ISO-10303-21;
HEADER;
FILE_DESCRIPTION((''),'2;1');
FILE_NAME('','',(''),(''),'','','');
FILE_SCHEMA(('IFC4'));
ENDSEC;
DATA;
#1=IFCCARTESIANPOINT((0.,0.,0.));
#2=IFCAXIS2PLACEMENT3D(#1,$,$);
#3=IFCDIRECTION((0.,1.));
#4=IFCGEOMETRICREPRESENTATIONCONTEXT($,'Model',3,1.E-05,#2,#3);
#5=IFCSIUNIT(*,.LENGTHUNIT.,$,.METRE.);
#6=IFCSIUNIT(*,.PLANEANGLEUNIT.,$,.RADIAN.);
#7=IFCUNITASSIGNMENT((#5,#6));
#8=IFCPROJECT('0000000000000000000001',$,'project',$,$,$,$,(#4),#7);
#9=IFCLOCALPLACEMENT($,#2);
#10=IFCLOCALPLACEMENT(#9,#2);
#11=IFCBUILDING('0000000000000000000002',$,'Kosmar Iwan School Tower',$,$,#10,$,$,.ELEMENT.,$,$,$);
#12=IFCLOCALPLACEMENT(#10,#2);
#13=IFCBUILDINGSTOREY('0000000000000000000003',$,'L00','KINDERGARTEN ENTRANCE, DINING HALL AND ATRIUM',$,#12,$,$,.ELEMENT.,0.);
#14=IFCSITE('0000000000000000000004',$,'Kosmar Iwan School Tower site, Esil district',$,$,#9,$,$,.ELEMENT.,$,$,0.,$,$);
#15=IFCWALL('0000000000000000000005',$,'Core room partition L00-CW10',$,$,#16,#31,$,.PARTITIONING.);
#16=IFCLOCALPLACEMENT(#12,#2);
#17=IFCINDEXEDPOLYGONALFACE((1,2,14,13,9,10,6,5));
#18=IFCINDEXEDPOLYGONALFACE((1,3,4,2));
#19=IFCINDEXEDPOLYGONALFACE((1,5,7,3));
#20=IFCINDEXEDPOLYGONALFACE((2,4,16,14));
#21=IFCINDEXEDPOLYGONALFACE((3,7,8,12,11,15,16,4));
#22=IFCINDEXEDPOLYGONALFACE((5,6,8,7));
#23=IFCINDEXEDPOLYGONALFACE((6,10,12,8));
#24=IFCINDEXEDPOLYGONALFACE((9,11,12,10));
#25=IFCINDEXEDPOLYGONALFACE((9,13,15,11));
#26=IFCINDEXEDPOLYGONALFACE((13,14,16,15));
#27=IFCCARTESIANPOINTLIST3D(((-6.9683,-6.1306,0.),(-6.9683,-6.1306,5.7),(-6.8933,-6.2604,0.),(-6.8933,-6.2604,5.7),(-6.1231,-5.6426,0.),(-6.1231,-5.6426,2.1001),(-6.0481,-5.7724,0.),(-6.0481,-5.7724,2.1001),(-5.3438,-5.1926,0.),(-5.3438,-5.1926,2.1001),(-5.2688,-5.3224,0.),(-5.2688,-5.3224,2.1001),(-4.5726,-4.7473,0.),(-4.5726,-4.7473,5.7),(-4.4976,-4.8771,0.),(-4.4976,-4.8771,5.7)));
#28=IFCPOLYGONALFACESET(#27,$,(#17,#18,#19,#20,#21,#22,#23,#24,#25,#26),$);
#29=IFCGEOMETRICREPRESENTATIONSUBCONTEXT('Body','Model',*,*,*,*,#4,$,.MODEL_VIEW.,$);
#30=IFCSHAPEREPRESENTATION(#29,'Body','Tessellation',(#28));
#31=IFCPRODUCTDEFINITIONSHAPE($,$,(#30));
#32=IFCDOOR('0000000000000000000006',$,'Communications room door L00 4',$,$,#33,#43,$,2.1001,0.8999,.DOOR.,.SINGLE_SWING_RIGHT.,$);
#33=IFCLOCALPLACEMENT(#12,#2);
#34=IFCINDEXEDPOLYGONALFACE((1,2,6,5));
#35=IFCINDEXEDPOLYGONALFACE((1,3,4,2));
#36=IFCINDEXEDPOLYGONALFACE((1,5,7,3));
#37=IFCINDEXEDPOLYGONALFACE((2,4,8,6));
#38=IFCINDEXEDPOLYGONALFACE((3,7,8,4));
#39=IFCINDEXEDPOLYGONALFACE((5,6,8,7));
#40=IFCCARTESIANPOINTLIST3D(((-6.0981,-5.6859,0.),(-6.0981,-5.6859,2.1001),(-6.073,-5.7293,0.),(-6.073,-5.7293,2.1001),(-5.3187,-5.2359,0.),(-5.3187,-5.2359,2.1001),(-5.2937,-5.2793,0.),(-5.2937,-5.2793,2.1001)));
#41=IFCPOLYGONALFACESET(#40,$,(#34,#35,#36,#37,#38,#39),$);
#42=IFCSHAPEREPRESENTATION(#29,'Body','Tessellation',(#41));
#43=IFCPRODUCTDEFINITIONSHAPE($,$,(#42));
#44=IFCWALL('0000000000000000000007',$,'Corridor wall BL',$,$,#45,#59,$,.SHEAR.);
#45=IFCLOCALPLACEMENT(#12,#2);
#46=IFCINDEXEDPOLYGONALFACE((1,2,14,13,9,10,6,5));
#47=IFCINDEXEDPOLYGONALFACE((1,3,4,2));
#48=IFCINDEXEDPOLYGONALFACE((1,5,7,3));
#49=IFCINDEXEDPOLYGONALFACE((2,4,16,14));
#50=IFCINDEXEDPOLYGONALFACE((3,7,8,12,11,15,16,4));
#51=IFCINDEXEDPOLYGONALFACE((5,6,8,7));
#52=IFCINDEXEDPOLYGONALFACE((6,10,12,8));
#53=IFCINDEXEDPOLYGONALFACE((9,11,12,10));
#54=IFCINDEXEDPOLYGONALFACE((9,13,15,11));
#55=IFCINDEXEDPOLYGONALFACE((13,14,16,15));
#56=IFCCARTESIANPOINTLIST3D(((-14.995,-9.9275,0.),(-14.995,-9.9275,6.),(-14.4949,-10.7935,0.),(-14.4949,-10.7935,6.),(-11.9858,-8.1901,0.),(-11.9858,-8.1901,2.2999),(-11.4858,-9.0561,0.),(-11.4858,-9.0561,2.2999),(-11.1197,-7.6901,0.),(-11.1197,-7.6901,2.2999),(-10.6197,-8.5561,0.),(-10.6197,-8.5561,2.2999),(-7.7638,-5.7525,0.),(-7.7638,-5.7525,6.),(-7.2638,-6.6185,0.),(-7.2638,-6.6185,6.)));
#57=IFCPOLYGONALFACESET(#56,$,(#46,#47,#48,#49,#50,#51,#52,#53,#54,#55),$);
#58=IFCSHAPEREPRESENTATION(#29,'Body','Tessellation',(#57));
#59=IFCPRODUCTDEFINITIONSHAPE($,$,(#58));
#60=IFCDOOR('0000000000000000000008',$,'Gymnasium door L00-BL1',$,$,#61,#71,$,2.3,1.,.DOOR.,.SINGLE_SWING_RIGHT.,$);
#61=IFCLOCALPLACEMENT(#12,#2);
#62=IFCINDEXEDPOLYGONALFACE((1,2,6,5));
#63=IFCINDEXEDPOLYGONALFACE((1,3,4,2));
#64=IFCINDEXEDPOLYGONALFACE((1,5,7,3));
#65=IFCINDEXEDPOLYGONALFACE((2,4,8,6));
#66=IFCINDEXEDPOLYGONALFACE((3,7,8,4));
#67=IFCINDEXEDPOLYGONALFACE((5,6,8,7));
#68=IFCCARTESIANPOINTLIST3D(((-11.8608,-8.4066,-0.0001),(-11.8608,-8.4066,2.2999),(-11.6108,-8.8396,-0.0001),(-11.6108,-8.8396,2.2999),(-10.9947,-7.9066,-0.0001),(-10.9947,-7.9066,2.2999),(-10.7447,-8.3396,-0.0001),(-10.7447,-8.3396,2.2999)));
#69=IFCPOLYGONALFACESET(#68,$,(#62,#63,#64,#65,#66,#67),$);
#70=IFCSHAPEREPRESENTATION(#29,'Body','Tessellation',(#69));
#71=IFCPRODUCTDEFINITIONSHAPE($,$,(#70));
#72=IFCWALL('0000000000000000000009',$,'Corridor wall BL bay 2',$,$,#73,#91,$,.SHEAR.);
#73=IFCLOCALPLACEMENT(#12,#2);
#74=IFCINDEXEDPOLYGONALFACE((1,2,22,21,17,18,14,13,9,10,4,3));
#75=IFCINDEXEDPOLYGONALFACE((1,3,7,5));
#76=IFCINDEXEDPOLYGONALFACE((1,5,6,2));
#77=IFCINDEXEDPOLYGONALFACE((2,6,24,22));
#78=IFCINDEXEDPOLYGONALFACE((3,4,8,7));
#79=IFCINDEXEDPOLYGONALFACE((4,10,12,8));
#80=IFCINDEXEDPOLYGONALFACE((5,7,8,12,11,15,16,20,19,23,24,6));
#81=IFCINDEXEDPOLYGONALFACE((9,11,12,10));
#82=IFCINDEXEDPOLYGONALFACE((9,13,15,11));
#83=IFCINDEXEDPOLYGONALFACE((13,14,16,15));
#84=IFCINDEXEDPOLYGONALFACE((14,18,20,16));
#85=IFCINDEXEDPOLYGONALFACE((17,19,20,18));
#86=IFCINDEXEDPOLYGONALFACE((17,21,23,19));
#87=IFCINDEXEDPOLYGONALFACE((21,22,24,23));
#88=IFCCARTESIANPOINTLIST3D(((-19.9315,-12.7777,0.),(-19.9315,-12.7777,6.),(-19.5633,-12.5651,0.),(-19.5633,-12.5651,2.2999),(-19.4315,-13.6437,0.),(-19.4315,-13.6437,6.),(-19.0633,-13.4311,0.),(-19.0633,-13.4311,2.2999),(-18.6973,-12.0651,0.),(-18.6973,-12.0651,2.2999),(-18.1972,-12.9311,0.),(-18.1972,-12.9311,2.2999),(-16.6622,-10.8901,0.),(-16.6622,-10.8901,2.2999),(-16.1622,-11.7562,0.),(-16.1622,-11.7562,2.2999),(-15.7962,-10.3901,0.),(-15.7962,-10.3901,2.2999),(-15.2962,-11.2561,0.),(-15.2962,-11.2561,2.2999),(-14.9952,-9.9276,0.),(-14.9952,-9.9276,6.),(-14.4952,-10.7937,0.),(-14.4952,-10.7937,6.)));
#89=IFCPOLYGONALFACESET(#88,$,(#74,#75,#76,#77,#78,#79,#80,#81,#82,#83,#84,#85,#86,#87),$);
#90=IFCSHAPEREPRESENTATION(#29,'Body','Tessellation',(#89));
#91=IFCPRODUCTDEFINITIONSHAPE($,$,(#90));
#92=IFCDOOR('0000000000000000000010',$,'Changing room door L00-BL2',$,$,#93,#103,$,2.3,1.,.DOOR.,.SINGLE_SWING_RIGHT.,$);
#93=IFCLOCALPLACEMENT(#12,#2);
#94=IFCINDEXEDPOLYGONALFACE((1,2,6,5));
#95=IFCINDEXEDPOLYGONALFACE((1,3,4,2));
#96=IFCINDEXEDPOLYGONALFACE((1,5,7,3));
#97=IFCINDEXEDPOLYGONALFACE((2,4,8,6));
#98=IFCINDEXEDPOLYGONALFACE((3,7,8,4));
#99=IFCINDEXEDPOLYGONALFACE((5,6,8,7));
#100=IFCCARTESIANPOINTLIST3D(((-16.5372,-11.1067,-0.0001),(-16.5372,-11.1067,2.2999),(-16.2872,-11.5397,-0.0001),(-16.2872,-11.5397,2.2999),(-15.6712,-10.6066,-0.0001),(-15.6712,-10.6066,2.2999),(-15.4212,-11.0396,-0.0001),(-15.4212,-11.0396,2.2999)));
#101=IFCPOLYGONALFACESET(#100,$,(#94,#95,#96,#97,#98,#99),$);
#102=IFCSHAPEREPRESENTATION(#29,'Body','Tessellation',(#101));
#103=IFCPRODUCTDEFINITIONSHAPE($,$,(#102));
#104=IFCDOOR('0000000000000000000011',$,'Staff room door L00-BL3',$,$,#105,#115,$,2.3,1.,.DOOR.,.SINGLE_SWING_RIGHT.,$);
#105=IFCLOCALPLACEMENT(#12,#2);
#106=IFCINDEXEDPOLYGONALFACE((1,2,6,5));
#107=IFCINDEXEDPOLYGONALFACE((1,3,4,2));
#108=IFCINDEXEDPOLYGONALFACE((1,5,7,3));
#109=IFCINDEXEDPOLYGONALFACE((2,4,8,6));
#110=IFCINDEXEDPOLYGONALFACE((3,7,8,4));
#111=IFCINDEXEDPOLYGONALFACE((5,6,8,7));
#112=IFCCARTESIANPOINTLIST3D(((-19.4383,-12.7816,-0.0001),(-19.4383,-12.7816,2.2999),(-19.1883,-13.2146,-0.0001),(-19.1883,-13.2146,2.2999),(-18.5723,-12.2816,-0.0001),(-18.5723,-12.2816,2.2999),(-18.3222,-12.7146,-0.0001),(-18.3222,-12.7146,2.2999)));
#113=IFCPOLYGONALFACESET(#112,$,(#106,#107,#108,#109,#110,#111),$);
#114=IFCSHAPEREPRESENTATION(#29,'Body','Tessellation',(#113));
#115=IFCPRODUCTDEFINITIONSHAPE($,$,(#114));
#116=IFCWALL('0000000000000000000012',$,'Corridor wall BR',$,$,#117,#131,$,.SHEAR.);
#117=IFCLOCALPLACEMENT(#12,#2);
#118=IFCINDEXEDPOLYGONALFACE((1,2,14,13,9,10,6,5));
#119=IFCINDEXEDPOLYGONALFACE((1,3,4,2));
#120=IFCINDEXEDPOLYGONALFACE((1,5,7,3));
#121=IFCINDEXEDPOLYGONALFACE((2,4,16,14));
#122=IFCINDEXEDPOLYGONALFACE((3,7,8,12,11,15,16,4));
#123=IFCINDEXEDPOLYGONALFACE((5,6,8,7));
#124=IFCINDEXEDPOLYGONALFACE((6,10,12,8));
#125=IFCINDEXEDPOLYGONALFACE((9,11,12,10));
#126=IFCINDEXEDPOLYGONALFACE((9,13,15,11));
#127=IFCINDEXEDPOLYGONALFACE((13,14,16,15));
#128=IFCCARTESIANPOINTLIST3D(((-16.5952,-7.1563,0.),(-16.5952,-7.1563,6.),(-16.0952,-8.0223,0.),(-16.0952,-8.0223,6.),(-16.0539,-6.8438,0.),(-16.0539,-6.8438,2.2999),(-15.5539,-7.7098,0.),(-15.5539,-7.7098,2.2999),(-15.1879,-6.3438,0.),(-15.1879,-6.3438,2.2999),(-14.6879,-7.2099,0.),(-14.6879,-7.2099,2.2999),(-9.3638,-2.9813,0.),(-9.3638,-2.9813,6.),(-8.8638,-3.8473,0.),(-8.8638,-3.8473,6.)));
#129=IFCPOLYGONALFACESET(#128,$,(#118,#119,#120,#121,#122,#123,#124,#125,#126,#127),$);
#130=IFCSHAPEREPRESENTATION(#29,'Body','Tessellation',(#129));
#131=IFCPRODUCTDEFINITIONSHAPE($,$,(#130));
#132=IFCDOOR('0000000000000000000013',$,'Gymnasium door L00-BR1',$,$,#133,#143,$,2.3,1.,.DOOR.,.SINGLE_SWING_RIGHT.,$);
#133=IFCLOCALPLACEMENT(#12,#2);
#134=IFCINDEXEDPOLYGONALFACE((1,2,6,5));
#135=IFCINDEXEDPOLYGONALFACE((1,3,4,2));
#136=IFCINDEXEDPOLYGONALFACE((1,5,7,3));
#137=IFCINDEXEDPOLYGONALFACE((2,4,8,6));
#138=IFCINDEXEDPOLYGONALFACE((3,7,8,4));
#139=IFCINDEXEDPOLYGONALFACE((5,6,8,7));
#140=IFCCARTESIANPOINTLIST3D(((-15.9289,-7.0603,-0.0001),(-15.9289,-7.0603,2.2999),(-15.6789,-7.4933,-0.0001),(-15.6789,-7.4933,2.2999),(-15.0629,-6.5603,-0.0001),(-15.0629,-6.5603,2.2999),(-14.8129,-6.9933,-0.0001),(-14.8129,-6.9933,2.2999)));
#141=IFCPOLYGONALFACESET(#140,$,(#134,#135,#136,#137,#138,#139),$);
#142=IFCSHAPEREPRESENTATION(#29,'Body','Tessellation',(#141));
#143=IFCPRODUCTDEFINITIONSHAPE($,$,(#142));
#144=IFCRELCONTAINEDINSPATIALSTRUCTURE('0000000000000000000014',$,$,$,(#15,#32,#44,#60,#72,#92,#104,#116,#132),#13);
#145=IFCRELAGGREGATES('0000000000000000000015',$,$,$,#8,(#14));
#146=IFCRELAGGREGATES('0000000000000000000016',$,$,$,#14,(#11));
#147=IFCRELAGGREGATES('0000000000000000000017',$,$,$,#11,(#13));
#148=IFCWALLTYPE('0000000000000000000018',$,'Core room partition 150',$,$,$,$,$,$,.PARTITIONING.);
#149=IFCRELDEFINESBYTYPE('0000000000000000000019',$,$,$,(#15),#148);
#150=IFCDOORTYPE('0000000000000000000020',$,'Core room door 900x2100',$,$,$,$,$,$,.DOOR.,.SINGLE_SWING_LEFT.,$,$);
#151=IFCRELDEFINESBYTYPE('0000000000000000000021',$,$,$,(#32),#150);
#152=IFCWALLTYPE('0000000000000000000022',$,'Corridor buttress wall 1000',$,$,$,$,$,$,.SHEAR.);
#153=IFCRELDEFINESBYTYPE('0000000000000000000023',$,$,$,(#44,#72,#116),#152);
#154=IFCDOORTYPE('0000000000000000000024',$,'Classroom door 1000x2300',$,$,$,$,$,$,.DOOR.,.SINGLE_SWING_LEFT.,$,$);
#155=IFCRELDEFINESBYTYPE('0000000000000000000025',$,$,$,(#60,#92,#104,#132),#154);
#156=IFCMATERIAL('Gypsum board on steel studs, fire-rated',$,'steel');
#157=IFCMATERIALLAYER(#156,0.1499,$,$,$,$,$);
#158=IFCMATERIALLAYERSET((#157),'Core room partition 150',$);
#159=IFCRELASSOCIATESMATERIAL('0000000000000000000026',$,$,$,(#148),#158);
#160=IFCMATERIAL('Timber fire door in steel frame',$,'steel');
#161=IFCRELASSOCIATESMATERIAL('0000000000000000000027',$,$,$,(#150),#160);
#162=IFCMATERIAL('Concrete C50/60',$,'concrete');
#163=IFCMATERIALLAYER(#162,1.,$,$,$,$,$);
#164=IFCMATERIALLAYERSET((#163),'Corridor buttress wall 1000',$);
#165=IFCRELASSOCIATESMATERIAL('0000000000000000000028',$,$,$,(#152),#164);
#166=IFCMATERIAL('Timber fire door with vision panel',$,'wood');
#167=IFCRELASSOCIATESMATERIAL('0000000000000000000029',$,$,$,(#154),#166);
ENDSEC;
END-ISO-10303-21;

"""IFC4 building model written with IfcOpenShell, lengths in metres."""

from ifc_helpers import new_model, si_unit, direction, frame, frame_2d, origin, place, context, subcontext, project, spatial, rectangle, extrude, material, layer, layer_set, type_object, element, fill, save


model = new_model("IFC4")

# Units and contexts
model_context = context("Model", 3, precision=1e-05, world=origin(), true_north=direction((0.0, 1.0)))
body_context = subcontext(model_context, "Body", "Model", "MODEL_VIEW")
ifc_project = project(units=[si_unit("LENGTHUNIT", "METRE"), si_unit("PLANEANGLEUNIT", "RADIAN")], contexts=[model_context])

# Site, building, storey
site_placement = place(None, origin())
site = spatial("IfcSite", under=ifc_project, at=site_placement, Name="Kosmar Iwan School Tower site, Esil district", CompositionType="ELEMENT", RefElevation=0.0)
building_placement = place(site_placement, origin())
building = spatial("IfcBuilding", under=site, at=building_placement, Name="Kosmar Iwan School Tower", CompositionType="ELEMENT")
storey_placement = place(building_placement, origin())
storey = spatial("IfcBuildingStorey", under=building, at=storey_placement, Name="L00", Description="KINDERGARTEN ENTRANCE, DINING HALL AND ATRIUM", CompositionType="ELEMENT", Elevation=0.0)

# Walls, openings, doors
ifc_material_1 = material(Name="Gypsum board on steel studs, fire-rated", Category="steel")
ifc_layer_1 = layer(ifc_material_1, 0.1499)
ifc_layer_set_1 = layer_set([ifc_layer_1], Name="Core room partition 150")
wall_type_1 = type_object("IfcWallType", Name="Core room partition 150", PredefinedType="PARTITIONING", material=ifc_layer_set_1)
wall_1_placement = place(storey_placement, frame((-6.9309, -6.1956, 0.0), z_axis=(0.0, 0.0, 1.0), x_axis=(0.866008, 0.500031, 0.0)))
wall_1 = element("IfcWall", 1, at=wall_1_placement, inside=storey, type_object=wall_type_1, Name="Core room partition L00-CW10", PredefinedType="PARTITIONING", context=body_context, shape_type="SweptSolid", body=[
    extrude(rectangle(XDim=2.7664, YDim=0.1499, at=frame_2d((1.3833, 0.0))), origin(), (0.0, 0.0, 1.0), 5.7),
])
opening_1_placement = place(wall_1_placement, frame((0.9761, 0.0, 0.0)))
opening_1 = element("IfcOpeningElement", 2, at=opening_1_placement, cuts=wall_1, PredefinedType="OPENING", context=body_context, shape_type="SweptSolid", body=[
    extrude(rectangle(XDim=0.8999, YDim=2.1001, at=frame_2d((0.45, 1.05))), frame((0.0, 0.0869, 0.0), z_axis=(0.0, -1.0, 0.0), x_axis=(1.0, 0.0, 0.0)), (0.0, 0.0, 1.0), 0.1738),
])
ifc_material_2 = material(Name="Timber fire door in steel frame", Category="steel")
door_type_1 = type_object("IfcDoorType", Name="Core room door 900x2100", OperationType="SINGLE_SWING_LEFT", PredefinedType="DOOR", material=ifc_material_2)
door_1_placement = place(opening_1_placement, origin())
door_1 = element("IfcDoor", 3, at=door_1_placement, inside=storey, type_object=door_type_1, Name="Communications room door L00 4", OperationType="SINGLE_SWING_RIGHT", OverallHeight=2.1001, OverallWidth=0.8999, PredefinedType="DOOR", context=body_context, shape_type="SweptSolid", body=[
    extrude(rectangle(XDim=0.8999, YDim=2.1001, at=frame_2d((0.45, 1.05))), frame((0.0, 0.0249, 0.0), z_axis=(0.0, -1.0, 0.0), x_axis=(1.0, 0.0, 0.0)), (0.0, 0.0, 1.0), 0.05),
])
fill(opening_1, door_1)
ifc_material_3 = material(Name="Concrete C50/60", Category="concrete")
ifc_layer_2 = layer(ifc_material_3, 1.0)
ifc_layer_set_2 = layer_set([ifc_layer_2], Name="Corridor buttress wall 1000")
wall_type_2 = type_object("IfcWallType", Name="Corridor buttress wall 1000", PredefinedType="SHEAR", material=ifc_layer_set_2)
wall_2_placement = place(storey_placement, frame((-7.5139, -6.1855, 0.0), z_axis=(0.0, 0.0, 1.0), x_axis=(-0.86602, -0.50001, 0.0)))
wall_2 = element("IfcWall", 4, at=wall_2_placement, inside=storey, type_object=wall_type_2, Name="Corridor wall BL", PredefinedType="SHEAR", context=body_context, shape_type="SweptSolid", body=[
    extrude(rectangle(XDim=8.3499, YDim=1.0, at=frame_2d((4.1748, 0.0))), origin(), (0.0, 0.0, 1.0), 6.0),
])
opening_2_placement = place(wall_2_placement, frame((3.875, 0.0, 0.0)))
opening_2 = element("IfcOpeningElement", 5, at=opening_2_placement, cuts=wall_2, PredefinedType="OPENING", context=body_context, shape_type="SweptSolid", body=[
    extrude(rectangle(XDim=1.0, YDim=2.3, at=frame_2d((0.5, 1.1499))), frame((0.0, 0.512, 0.0), z_axis=(0.0, -1.0, 0.0), x_axis=(1.0, 0.0, 0.0)), (0.0, 0.0, 1.0), 1.0239),
])
ifc_material_4 = material(Name="Timber fire door with vision panel", Category="wood")
door_type_2 = type_object("IfcDoorType", Name="Classroom door 1000x2300", OperationType="SINGLE_SWING_LEFT", PredefinedType="DOOR", material=ifc_material_4)
door_2_placement = place(opening_2_placement, origin())
door_2 = element("IfcDoor", 6, at=door_2_placement, inside=storey, type_object=door_type_2, Name="Gymnasium door L00-BL1", OperationType="SINGLE_SWING_RIGHT", OverallHeight=2.3, OverallWidth=1.0, PredefinedType="DOOR", context=body_context, shape_type="SweptSolid", body=[
    extrude(rectangle(XDim=1.0, YDim=2.3, at=frame_2d((0.5, 1.1499))), frame((0.0, 0.25, 0.0), z_axis=(0.0, -1.0, 0.0), x_axis=(1.0, 0.0, 0.0)), (0.0, 0.0, 1.0), 0.5),
])
fill(opening_2, door_2)

# Wall, openings, doors
wall_3_placement = place(storey_placement, frame((-14.7451, -10.3606, 0.0), z_axis=(0.0, 0.0, 1.0), x_axis=(-0.866015, -0.500018, 0.0)))
wall_3 = element("IfcWall", 7, at=wall_3_placement, inside=storey, type_object=wall_type_2, Name="Corridor wall BL bay 2", PredefinedType="SHEAR", context=body_context, shape_type="SweptSolid", body=[
    extrude(rectangle(XDim=5.7, YDim=1.0, at=frame_2d((2.8501, 0.0))), origin(), (0.0, 0.0, 1.0), 6.0),
])
opening_3_placement = place(wall_3_placement, frame((0.925, 0.0, 0.0)))
opening_3 = element("IfcOpeningElement", 8, at=opening_3_placement, cuts=wall_3, PredefinedType="OPENING", context=body_context, shape_type="SweptSolid", body=[
    extrude(rectangle(XDim=1.0, YDim=2.3, at=frame_2d((0.5, 1.1499))), frame((0.0, 0.512, 0.0), z_axis=(0.0, -1.0, 0.0), x_axis=(1.0, 0.0, 0.0)), (0.0, 0.0, 1.0), 1.0239),
])
opening_4_placement = place(wall_3_placement, frame((4.2749, 0.0, 0.0)))
opening_4 = element("IfcOpeningElement", 9, at=opening_4_placement, cuts=wall_3, PredefinedType="OPENING", context=body_context, shape_type="SweptSolid", body=[
    extrude(rectangle(XDim=1.0, YDim=2.3, at=frame_2d((0.5, 1.1499))), frame((0.0, 0.512, 0.0), z_axis=(0.0, -1.0, 0.0), x_axis=(1.0, 0.0, 0.0)), (0.0, 0.0, 1.0), 1.0239),
])
door_3_placement = place(opening_3_placement, origin())
door_3 = element("IfcDoor", 10, at=door_3_placement, inside=storey, type_object=door_type_2, Name="Changing room door L00-BL2", OperationType="SINGLE_SWING_RIGHT", OverallHeight=2.3, OverallWidth=1.0, PredefinedType="DOOR", context=body_context, shape_type="SweptSolid", body=[
    extrude(rectangle(XDim=1.0, YDim=2.3, at=frame_2d((0.5, 1.1499))), frame((0.0, 0.25, 0.0), z_axis=(0.0, -1.0, 0.0), x_axis=(1.0, 0.0, 0.0)), (0.0, 0.0, 1.0), 0.5),
])
fill(opening_3, door_3)
door_4_placement = place(opening_4_placement, origin())
door_4 = element("IfcDoor", 11, at=door_4_placement, inside=storey, type_object=door_type_2, Name="Staff room door L00-BL3", OperationType="SINGLE_SWING_RIGHT", OverallHeight=2.3, OverallWidth=1.0, PredefinedType="DOOR", context=body_context, shape_type="SweptSolid", body=[
    extrude(rectangle(XDim=1.0, YDim=2.3, at=frame_2d((0.5, 1.1499))), frame((0.0, 0.25, 0.0), z_axis=(0.0, -1.0, 0.0), x_axis=(1.0, 0.0, 0.0)), (0.0, 0.0, 1.0), 0.5),
])
fill(opening_4, door_4)

# Wall, opening, door
wall_4_placement = place(storey_placement, frame((-9.1138, -3.4143, 0.0), z_axis=(0.0, 0.0, 1.0), x_axis=(-0.866027, -0.499997, 0.0)))
wall_4 = element("IfcWall", 12, at=wall_4_placement, inside=storey, type_object=wall_type_2, Name="Corridor wall BR", PredefinedType="SHEAR", context=body_context, shape_type="SweptSolid", body=[
    extrude(rectangle(XDim=8.3501, YDim=1.0, at=frame_2d((4.175, 0.0))), origin(), (0.0, 0.0, 1.0), 6.0),
])
opening_5_placement = place(wall_4_placement, frame((6.7251, 0.0, 0.0)))
opening_5 = element("IfcOpeningElement", 13, at=opening_5_placement, cuts=wall_4, PredefinedType="OPENING", context=body_context, shape_type="SweptSolid", body=[
    extrude(rectangle(XDim=1.0, YDim=2.3, at=frame_2d((0.5, 1.1499))), frame((0.0, 0.512, 0.0), z_axis=(0.0, -1.0, 0.0), x_axis=(1.0, 0.0, 0.0)), (0.0, 0.0, 1.0), 1.0239),
])
door_5_placement = place(opening_5_placement, origin())
door_5 = element("IfcDoor", 14, at=door_5_placement, inside=storey, type_object=door_type_2, Name="Gymnasium door L00-BR1", OperationType="SINGLE_SWING_RIGHT", OverallHeight=2.3, OverallWidth=1.0, PredefinedType="DOOR", context=body_context, shape_type="SweptSolid", body=[
    extrude(rectangle(XDim=1.0, YDim=2.3, at=frame_2d((0.5, 1.1499))), frame((0.0, 0.25, 0.0), z_axis=(0.0, -1.0, 0.0), x_axis=(1.0, 0.0, 0.0)), (0.0, 0.0, 1.0), 0.5),
])
fill(opening_5, door_5)

save(model, "model.ifc")
